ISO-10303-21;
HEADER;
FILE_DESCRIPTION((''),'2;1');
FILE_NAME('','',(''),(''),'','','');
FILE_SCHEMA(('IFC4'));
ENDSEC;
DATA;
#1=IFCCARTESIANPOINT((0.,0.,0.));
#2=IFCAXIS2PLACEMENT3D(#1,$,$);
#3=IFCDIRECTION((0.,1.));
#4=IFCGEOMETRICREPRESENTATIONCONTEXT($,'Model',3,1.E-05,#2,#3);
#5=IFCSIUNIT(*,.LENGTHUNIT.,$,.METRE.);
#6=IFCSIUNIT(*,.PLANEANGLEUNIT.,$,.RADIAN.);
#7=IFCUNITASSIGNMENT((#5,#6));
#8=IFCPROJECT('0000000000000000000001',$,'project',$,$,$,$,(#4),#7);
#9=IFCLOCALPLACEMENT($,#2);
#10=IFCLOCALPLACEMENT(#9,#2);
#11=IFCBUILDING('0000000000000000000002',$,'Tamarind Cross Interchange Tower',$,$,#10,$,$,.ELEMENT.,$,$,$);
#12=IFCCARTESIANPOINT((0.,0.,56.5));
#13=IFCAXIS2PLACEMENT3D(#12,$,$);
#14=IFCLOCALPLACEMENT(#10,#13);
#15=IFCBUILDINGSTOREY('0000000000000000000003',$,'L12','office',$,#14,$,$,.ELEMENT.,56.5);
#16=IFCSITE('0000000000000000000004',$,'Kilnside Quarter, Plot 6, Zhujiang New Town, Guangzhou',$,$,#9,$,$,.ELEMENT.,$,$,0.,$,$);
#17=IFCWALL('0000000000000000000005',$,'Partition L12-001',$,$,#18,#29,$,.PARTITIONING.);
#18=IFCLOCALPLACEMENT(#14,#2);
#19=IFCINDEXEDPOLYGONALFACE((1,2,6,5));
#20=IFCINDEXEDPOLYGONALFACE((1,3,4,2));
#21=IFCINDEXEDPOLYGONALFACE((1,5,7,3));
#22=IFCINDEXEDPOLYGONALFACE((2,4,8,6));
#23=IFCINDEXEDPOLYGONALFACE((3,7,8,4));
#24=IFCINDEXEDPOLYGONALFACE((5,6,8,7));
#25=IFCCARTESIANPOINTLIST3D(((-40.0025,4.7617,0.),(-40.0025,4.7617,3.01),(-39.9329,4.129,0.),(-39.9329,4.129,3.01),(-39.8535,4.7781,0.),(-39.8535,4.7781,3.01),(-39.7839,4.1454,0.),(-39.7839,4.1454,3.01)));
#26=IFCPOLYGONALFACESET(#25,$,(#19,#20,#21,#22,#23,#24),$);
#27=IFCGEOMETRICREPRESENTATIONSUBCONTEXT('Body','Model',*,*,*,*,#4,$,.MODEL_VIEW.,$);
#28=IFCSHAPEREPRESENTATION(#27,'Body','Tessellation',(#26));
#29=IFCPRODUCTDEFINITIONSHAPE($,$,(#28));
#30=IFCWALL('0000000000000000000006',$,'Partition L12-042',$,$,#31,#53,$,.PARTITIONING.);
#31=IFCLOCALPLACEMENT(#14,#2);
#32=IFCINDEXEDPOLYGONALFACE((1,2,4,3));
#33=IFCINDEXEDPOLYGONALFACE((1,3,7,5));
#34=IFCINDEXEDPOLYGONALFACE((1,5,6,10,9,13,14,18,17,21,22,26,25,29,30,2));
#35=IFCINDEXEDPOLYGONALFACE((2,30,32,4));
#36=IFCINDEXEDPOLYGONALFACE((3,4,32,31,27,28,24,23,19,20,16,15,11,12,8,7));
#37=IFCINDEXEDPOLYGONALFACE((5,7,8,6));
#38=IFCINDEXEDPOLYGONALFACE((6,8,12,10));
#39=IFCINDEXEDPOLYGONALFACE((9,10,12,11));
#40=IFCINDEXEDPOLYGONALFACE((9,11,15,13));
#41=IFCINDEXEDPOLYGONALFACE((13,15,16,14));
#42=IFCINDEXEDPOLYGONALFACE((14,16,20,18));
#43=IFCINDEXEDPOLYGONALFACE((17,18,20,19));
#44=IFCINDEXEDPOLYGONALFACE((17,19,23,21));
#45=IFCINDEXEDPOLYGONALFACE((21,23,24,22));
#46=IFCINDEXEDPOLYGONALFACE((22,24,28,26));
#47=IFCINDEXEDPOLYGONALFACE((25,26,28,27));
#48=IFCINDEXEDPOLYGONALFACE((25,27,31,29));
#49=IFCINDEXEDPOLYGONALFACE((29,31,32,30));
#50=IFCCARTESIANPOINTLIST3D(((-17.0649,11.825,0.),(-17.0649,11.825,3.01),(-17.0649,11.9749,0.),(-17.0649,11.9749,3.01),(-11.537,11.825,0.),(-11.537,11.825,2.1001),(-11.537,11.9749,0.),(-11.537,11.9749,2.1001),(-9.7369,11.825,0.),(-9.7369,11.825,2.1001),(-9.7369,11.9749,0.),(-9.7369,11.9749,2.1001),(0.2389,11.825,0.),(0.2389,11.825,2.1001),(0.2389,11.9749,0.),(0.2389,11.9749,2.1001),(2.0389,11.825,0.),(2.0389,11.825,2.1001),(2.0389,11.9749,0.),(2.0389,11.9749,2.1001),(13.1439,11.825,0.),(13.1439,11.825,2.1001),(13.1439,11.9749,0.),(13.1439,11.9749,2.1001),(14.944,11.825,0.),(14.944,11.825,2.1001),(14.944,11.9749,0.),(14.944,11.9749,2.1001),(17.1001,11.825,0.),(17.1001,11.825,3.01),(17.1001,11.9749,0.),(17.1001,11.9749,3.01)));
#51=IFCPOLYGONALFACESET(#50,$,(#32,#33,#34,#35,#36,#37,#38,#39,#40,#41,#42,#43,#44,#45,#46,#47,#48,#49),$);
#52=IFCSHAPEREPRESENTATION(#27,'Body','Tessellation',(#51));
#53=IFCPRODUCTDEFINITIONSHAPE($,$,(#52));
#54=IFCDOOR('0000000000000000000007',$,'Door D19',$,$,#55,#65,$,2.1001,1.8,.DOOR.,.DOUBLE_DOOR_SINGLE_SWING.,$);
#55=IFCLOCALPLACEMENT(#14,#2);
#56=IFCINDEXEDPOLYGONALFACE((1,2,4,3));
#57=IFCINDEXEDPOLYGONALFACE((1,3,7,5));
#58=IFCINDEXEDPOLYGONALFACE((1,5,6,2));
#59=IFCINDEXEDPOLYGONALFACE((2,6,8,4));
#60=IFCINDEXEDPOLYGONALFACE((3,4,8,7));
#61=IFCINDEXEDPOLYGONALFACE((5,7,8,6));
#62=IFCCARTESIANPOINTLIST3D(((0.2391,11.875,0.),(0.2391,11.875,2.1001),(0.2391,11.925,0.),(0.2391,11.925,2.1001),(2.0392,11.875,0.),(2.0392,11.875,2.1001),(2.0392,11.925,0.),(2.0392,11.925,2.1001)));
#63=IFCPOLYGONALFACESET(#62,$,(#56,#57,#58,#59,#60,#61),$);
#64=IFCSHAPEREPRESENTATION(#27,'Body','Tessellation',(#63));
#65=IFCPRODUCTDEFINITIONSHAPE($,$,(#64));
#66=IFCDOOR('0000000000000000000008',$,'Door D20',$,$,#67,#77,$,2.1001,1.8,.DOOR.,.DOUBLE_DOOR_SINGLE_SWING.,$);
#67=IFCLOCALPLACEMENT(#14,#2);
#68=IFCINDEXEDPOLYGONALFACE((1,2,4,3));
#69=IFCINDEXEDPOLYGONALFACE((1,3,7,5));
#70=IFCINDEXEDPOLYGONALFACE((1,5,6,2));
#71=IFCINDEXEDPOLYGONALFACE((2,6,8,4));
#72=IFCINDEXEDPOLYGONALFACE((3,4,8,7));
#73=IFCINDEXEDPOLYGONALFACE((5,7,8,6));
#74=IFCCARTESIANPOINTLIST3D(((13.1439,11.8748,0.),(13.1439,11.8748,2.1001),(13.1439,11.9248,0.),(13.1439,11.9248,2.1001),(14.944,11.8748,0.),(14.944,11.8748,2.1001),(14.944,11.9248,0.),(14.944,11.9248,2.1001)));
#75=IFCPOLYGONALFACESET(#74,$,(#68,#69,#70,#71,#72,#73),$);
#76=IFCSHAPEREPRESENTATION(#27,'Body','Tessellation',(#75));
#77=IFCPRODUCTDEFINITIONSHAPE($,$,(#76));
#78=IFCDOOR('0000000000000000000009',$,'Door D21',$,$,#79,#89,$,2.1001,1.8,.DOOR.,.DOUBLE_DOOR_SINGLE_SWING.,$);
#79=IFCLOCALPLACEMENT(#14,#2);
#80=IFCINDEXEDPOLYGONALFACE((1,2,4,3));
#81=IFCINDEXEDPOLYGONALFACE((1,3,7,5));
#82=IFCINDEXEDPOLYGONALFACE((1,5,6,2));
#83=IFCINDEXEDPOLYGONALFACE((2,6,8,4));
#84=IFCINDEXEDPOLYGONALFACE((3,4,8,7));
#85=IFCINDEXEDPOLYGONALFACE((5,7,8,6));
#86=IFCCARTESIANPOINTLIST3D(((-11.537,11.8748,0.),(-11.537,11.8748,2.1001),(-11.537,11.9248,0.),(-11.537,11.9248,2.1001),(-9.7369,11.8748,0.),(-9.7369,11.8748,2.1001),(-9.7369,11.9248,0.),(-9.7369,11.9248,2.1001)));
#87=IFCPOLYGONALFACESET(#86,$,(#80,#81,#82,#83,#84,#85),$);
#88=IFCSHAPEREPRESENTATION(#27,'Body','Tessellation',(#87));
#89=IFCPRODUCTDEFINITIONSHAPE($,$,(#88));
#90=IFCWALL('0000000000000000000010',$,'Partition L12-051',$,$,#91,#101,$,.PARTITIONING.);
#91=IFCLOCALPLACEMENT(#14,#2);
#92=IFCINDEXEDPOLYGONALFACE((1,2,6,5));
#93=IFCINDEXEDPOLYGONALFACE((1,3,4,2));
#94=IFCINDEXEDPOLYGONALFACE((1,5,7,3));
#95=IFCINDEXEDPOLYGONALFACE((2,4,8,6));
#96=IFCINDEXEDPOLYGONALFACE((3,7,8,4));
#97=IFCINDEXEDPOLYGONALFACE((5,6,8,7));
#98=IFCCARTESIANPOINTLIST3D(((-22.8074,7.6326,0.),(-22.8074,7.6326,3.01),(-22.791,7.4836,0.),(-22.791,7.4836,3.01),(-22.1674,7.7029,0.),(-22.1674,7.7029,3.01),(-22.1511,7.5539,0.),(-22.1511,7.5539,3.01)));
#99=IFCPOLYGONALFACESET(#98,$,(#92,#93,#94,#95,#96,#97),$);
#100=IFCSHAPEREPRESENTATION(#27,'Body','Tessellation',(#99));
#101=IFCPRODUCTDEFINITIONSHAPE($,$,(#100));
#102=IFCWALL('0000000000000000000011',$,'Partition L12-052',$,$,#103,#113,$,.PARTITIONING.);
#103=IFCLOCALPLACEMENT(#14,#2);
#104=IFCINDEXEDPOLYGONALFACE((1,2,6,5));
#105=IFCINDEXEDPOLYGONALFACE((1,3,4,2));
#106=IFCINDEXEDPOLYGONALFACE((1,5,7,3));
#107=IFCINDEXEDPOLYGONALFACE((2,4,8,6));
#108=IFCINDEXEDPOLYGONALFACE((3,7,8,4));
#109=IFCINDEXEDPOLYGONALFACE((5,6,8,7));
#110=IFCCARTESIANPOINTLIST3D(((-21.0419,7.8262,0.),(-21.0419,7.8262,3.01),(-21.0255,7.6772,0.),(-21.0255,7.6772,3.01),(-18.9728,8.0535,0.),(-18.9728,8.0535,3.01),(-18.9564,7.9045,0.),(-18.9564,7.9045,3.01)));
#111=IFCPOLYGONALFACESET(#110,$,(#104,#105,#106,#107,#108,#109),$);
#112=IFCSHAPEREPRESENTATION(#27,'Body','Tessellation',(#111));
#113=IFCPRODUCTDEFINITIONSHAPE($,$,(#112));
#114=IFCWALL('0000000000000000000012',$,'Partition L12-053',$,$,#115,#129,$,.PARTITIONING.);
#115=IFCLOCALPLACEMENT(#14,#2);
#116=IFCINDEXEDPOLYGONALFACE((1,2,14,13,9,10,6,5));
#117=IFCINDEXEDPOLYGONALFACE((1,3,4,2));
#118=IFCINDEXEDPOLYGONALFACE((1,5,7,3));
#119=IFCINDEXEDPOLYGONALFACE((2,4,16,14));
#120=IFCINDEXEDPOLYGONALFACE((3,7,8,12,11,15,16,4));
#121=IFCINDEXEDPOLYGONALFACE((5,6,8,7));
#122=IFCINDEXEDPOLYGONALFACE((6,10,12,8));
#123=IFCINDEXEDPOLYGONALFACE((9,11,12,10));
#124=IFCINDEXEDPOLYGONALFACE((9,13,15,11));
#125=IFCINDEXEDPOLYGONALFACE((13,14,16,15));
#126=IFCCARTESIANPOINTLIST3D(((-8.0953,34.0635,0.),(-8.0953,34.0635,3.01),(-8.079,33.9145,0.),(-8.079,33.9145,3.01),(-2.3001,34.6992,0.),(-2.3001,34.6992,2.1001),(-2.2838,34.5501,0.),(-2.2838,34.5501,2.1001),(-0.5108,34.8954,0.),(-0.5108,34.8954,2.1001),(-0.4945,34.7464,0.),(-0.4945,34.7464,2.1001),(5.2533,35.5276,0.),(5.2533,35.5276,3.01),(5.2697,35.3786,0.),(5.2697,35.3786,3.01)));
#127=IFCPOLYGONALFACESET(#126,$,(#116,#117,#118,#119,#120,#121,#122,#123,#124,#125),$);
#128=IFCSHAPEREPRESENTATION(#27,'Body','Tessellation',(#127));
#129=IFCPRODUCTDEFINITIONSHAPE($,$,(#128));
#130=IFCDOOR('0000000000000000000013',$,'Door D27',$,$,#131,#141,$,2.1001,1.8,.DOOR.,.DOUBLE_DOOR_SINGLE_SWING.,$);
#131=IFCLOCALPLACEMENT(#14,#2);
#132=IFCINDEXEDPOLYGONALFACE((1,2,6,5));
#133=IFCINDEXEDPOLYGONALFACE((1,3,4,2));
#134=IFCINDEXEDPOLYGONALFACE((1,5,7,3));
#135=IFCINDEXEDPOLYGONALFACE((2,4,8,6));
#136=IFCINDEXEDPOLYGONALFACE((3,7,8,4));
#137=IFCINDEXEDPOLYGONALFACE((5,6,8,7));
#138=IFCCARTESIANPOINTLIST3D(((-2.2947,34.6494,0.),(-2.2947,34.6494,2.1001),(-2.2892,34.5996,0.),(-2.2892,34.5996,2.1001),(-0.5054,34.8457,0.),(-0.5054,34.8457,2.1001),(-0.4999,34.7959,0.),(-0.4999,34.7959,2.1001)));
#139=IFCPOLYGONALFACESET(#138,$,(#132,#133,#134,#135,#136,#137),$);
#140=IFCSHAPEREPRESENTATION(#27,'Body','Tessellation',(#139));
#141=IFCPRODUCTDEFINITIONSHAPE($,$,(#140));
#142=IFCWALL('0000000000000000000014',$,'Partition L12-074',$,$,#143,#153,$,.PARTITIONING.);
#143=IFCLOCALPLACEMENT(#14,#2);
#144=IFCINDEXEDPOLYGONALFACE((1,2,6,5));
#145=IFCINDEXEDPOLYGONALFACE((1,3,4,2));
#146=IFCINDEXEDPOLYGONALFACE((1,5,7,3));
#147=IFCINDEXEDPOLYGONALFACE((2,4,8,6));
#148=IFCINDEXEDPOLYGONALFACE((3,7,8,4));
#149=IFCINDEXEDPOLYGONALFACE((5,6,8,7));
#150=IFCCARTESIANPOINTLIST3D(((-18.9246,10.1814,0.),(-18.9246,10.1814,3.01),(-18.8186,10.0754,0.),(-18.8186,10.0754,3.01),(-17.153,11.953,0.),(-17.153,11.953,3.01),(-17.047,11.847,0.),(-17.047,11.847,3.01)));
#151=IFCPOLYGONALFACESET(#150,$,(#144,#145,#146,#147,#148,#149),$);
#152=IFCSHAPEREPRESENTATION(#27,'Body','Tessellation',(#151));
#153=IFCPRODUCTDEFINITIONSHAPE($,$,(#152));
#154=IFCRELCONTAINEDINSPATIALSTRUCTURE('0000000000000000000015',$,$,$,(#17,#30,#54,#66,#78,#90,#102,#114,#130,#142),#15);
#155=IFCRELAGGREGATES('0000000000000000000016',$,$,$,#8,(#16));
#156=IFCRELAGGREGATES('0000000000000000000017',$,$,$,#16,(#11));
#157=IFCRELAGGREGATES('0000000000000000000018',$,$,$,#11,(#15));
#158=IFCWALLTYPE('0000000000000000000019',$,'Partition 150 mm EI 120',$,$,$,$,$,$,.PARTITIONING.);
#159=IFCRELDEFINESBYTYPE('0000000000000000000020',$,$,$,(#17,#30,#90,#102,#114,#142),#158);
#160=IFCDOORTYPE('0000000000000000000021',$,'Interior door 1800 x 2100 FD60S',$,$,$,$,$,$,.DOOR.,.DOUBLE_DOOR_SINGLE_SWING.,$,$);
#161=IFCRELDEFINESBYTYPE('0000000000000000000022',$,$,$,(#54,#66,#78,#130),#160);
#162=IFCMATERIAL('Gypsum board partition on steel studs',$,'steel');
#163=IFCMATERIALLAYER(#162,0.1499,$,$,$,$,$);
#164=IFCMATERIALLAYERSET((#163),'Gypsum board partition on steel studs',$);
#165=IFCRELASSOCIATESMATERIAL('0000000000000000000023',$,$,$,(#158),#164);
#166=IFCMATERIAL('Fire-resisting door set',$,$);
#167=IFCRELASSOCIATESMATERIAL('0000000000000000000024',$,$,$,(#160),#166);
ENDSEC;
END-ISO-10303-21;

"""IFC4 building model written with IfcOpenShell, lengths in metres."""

from ifc_helpers import new_model, si_unit, direction, frame, frame_2d, origin, place, context, subcontext, project, spatial, rectangle, extrude, material, layer, layer_set, type_object, element, fill, save


model = new_model("IFC4")

# Units and contexts
model_context = context("Model", 3, precision=1e-05, world=origin(), true_north=direction((0.0, 1.0)))
body_context = subcontext(model_context, "Body", "Model", "MODEL_VIEW")
ifc_project = project(units=[si_unit("LENGTHUNIT", "METRE"), si_unit("PLANEANGLEUNIT", "RADIAN")], contexts=[model_context])

# Site, building, storey
site_placement = place(None, origin())
site = spatial("IfcSite", under=ifc_project, at=site_placement, Name="Kilnside Quarter, Plot 6, Zhujiang New Town, Guangzhou", CompositionType="ELEMENT", RefElevation=0.0)
building_placement = place(site_placement, origin())
building = spatial("IfcBuilding", under=site, at=building_placement, Name="Tamarind Cross Interchange Tower", CompositionType="ELEMENT")
storey_placement = place(building_placement, frame((0.0, 0.0, 56.5)))
storey = spatial("IfcBuildingStorey", under=building, at=storey_placement, Name="L12", Description="office", CompositionType="ELEMENT", Elevation=56.5)

# Wall
ifc_material_1 = material(Name="Gypsum board partition on steel studs", Category="steel")
ifc_layer_1 = layer(ifc_material_1, 0.1499)
ifc_layer_set_1 = layer_set([ifc_layer_1], Name="Gypsum board partition on steel studs")
wall_type_1 = type_object("IfcWallType", Name="Partition 150 mm EI 120", PredefinedType="PARTITIONING", material=ifc_layer_set_1)
wall_1_placement = place(storey_placement, frame((-39.928, 4.77, 0.0), z_axis=(0.0, 0.0, 1.0), x_axis=(0.109337, -0.994005, 0.0)))
element("IfcWall", 1, at=wall_1_placement, inside=storey, type_object=wall_type_1, Name="Partition L12-001", PredefinedType="PARTITIONING", context=body_context, shape_type="SweptSolid", body=[
    extrude(rectangle(XDim=0.6365, YDim=0.1499, at=frame_2d((0.3184, 0.0))), origin(), (0.0, 0.0, 1.0), 3.01),
])

# Wall, openings, doors
wall_2_placement = place(storey_placement, frame((-17.0649, 11.8999, 0.0), z_axis=(0.0, 0.0, 1.0), x_axis=(1.0, 0.0, 0.0)))
wall_2 = element("IfcWall", 2, at=wall_2_placement, inside=storey, type_object=wall_type_1, Name="Partition L12-042", PredefinedType="PARTITIONING", context=body_context, shape_type="SweptSolid", body=[
    extrude(rectangle(XDim=34.165, YDim=0.1499, at=frame_2d((17.0825, 0.0))), origin(), (0.0, 0.0, 1.0), 3.01),
])
opening_1_placement = place(wall_2_placement, frame((17.304, 0.0, 0.0)))
opening_1 = element("IfcOpeningElement", 3, at=opening_1_placement, cuts=wall_2, PredefinedType="OPENING", context=body_context, shape_type="SweptSolid", body=[
    extrude(rectangle(XDim=1.8, YDim=2.1001, at=frame_2d((0.8999, 1.05))), frame((0.0, 0.085, 0.0), z_axis=(0.0, -1.0, 0.0), x_axis=(1.0, 0.0, 0.0)), (0.0, 0.0, 1.0), 0.1699),
])
opening_2_placement = place(wall_2_placement, frame((30.209, 0.0, 0.0)))
opening_2 = element("IfcOpeningElement", 4, at=opening_2_placement, cuts=wall_2, PredefinedType="OPENING", context=body_context, shape_type="SweptSolid", body=[
    extrude(rectangle(XDim=1.8, YDim=2.1001, at=frame_2d((0.8999, 1.05))), frame((0.0, 0.085, 0.0), z_axis=(0.0, -1.0, 0.0), x_axis=(1.0, 0.0, 0.0)), (0.0, 0.0, 1.0), 0.1699),
])
opening_3_placement = place(wall_2_placement, frame((5.5281, 0.0, 0.0)))
opening_3 = element("IfcOpeningElement", 5, at=opening_3_placement, cuts=wall_2, PredefinedType="OPENING", context=body_context, shape_type="SweptSolid", body=[
    extrude(rectangle(XDim=1.8, YDim=2.1001, at=frame_2d((0.8999, 1.05))), frame((0.0, 0.085, 0.0), z_axis=(0.0, -1.0, 0.0), x_axis=(1.0, 0.0, 0.0)), (0.0, 0.0, 1.0), 0.1699),
])
ifc_material_2 = material(Name="Fire-resisting door set")
door_type_1 = type_object("IfcDoorType", Name="Interior door 1800 x 2100 FD60S", OperationType="DOUBLE_DOOR_SINGLE_SWING", PredefinedType="DOOR", material=ifc_material_2)
door_1_placement = place(opening_1_placement, frame((1.8, 0.0, 0.0), z_axis=(0.0, 0.0, 1.0), x_axis=(-1.0, 0.0, 0.0)))
door_1 = element("IfcDoor", 6, at=door_1_placement, inside=storey, type_object=door_type_1, Name="Door D19", OperationType="DOUBLE_DOOR_SINGLE_SWING", OverallHeight=2.1001, OverallWidth=1.8, PredefinedType="DOOR", context=body_context, shape_type="SweptSolid", body=[
    extrude(rectangle(XDim=1.8, YDim=2.1001, at=frame_2d((0.8999, 1.05))), frame((0.0, 0.0249, 0.0), z_axis=(0.0, -1.0, 0.0), x_axis=(1.0, 0.0, 0.0)), (0.0, 0.0, 1.0), 0.05),
])
fill(opening_1, door_1)
door_2_placement = place(opening_2_placement, origin())
door_2 = element("IfcDoor", 7, at=door_2_placement, inside=storey, type_object=door_type_1, Name="Door D20", OperationType="DOUBLE_DOOR_SINGLE_SWING", OverallHeight=2.1001, OverallWidth=1.8, PredefinedType="DOOR", context=body_context, shape_type="SweptSolid", body=[
    extrude(rectangle(XDim=1.8, YDim=2.1001, at=frame_2d((0.8999, 1.05))), frame((0.0, 0.0249, 0.0), z_axis=(0.0, -1.0, 0.0), x_axis=(1.0, 0.0, 0.0)), (0.0, 0.0, 1.0), 0.05),
])
fill(opening_2, door_2)
door_3_placement = place(opening_3_placement, origin())
door_3 = element("IfcDoor", 8, at=door_3_placement, inside=storey, type_object=door_type_1, Name="Door D21", OperationType="DOUBLE_DOOR_SINGLE_SWING", OverallHeight=2.1001, OverallWidth=1.8, PredefinedType="DOOR", context=body_context, shape_type="SweptSolid", body=[
    extrude(rectangle(XDim=1.8, YDim=2.1001, at=frame_2d((0.8999, 1.05))), frame((0.0, 0.0249, 0.0), z_axis=(0.0, -1.0, 0.0), x_axis=(1.0, 0.0, 0.0)), (0.0, 0.0, 1.0), 0.05),
])
fill(opening_3, door_3)

# Walls
wall_3_placement = place(storey_placement, frame((-22.7991, 7.5581, 0.0), z_axis=(0.0, 0.0, 1.0), x_axis=(0.994017, 0.109224, 0.0)))
element("IfcWall", 9, at=wall_3_placement, inside=storey, type_object=wall_type_1, Name="Partition L12-051", PredefinedType="PARTITIONING", context=body_context, shape_type="SweptSolid", body=[
    extrude(rectangle(XDim=0.6438, YDim=0.1499, at=frame_2d((0.3218, 0.0))), origin(), (0.0, 0.0, 1.0), 3.01),
])
wall_4_placement = place(storey_placement, frame((-21.0337, 7.7517, 0.0), z_axis=(0.0, 0.0, 1.0), x_axis=(0.99402, 0.109196, 0.0)))
element("IfcWall", 10, at=wall_4_placement, inside=storey, type_object=wall_type_1, Name="Partition L12-052", PredefinedType="PARTITIONING", context=body_context, shape_type="SweptSolid", body=[
    extrude(rectangle(XDim=2.0815, YDim=0.1499, at=frame_2d((1.0408, 0.0))), origin(), (0.0, 0.0, 1.0), 3.01),
])

# Wall, opening, door
wall_5_placement = place(storey_placement, frame((-8.0872, 33.989, 0.0), z_axis=(0.0, 0.0, 1.0), x_axis=(0.994039, 0.109029, 0.0)))
wall_5 = element("IfcWall", 11, at=wall_5_placement, inside=storey, type_object=wall_type_1, Name="Partition L12-053", PredefinedType="PARTITIONING", context=body_context, shape_type="SweptSolid", body=[
    extrude(rectangle(XDim=13.4287, YDim=0.1499, at=frame_2d((6.7144, 0.0))), origin(), (0.0, 0.0, 1.0), 3.01),
])
opening_4_placement = place(wall_5_placement, frame((5.8301, 0.0, 0.0)))
opening_4 = element("IfcOpeningElement", 12, at=opening_4_placement, cuts=wall_5, PredefinedType="OPENING", context=body_context, shape_type="SweptSolid", body=[
    extrude(rectangle(XDim=1.8, YDim=2.1001, at=frame_2d((0.8999, 1.05))), frame((0.0, 0.085, 0.0), z_axis=(0.0, -1.0, 0.0), x_axis=(1.0, 0.0, 0.0)), (0.0, 0.0, 1.0), 0.1699),
])
door_4_placement = place(opening_4_placement, origin())
door_4 = element("IfcDoor", 13, at=door_4_placement, inside=storey, type_object=door_type_1, Name="Door D27", OperationType="DOUBLE_DOOR_SINGLE_SWING", OverallHeight=2.1001, OverallWidth=1.8, PredefinedType="DOOR", context=body_context, shape_type="SweptSolid", body=[
    extrude(rectangle(XDim=1.8, YDim=2.1001, at=frame_2d((0.8999, 1.05))), frame((0.0, 0.0249, 0.0), z_axis=(0.0, -1.0, 0.0), x_axis=(1.0, 0.0, 0.0)), (0.0, 0.0, 1.0), 0.05),
])
fill(opening_4, door_4)

# Wall
wall_6_placement = place(storey_placement, frame((-18.8716, 10.1284, 0.0), z_axis=(0.0, 0.0, 1.0), x_axis=(0.707107, 0.707107, 0.0)))
element("IfcWall", 14, at=wall_6_placement, inside=storey, type_object=wall_type_1, Name="Partition L12-074", PredefinedType="PARTITIONING", context=body_context, shape_type="SweptSolid", body=[
    extrude(rectangle(XDim=2.5054, YDim=0.1499, at=frame_2d((1.2527, 0.0))), origin(), (0.0, 0.0, 1.0), 3.01),
])

save(model, "model.ifc")
